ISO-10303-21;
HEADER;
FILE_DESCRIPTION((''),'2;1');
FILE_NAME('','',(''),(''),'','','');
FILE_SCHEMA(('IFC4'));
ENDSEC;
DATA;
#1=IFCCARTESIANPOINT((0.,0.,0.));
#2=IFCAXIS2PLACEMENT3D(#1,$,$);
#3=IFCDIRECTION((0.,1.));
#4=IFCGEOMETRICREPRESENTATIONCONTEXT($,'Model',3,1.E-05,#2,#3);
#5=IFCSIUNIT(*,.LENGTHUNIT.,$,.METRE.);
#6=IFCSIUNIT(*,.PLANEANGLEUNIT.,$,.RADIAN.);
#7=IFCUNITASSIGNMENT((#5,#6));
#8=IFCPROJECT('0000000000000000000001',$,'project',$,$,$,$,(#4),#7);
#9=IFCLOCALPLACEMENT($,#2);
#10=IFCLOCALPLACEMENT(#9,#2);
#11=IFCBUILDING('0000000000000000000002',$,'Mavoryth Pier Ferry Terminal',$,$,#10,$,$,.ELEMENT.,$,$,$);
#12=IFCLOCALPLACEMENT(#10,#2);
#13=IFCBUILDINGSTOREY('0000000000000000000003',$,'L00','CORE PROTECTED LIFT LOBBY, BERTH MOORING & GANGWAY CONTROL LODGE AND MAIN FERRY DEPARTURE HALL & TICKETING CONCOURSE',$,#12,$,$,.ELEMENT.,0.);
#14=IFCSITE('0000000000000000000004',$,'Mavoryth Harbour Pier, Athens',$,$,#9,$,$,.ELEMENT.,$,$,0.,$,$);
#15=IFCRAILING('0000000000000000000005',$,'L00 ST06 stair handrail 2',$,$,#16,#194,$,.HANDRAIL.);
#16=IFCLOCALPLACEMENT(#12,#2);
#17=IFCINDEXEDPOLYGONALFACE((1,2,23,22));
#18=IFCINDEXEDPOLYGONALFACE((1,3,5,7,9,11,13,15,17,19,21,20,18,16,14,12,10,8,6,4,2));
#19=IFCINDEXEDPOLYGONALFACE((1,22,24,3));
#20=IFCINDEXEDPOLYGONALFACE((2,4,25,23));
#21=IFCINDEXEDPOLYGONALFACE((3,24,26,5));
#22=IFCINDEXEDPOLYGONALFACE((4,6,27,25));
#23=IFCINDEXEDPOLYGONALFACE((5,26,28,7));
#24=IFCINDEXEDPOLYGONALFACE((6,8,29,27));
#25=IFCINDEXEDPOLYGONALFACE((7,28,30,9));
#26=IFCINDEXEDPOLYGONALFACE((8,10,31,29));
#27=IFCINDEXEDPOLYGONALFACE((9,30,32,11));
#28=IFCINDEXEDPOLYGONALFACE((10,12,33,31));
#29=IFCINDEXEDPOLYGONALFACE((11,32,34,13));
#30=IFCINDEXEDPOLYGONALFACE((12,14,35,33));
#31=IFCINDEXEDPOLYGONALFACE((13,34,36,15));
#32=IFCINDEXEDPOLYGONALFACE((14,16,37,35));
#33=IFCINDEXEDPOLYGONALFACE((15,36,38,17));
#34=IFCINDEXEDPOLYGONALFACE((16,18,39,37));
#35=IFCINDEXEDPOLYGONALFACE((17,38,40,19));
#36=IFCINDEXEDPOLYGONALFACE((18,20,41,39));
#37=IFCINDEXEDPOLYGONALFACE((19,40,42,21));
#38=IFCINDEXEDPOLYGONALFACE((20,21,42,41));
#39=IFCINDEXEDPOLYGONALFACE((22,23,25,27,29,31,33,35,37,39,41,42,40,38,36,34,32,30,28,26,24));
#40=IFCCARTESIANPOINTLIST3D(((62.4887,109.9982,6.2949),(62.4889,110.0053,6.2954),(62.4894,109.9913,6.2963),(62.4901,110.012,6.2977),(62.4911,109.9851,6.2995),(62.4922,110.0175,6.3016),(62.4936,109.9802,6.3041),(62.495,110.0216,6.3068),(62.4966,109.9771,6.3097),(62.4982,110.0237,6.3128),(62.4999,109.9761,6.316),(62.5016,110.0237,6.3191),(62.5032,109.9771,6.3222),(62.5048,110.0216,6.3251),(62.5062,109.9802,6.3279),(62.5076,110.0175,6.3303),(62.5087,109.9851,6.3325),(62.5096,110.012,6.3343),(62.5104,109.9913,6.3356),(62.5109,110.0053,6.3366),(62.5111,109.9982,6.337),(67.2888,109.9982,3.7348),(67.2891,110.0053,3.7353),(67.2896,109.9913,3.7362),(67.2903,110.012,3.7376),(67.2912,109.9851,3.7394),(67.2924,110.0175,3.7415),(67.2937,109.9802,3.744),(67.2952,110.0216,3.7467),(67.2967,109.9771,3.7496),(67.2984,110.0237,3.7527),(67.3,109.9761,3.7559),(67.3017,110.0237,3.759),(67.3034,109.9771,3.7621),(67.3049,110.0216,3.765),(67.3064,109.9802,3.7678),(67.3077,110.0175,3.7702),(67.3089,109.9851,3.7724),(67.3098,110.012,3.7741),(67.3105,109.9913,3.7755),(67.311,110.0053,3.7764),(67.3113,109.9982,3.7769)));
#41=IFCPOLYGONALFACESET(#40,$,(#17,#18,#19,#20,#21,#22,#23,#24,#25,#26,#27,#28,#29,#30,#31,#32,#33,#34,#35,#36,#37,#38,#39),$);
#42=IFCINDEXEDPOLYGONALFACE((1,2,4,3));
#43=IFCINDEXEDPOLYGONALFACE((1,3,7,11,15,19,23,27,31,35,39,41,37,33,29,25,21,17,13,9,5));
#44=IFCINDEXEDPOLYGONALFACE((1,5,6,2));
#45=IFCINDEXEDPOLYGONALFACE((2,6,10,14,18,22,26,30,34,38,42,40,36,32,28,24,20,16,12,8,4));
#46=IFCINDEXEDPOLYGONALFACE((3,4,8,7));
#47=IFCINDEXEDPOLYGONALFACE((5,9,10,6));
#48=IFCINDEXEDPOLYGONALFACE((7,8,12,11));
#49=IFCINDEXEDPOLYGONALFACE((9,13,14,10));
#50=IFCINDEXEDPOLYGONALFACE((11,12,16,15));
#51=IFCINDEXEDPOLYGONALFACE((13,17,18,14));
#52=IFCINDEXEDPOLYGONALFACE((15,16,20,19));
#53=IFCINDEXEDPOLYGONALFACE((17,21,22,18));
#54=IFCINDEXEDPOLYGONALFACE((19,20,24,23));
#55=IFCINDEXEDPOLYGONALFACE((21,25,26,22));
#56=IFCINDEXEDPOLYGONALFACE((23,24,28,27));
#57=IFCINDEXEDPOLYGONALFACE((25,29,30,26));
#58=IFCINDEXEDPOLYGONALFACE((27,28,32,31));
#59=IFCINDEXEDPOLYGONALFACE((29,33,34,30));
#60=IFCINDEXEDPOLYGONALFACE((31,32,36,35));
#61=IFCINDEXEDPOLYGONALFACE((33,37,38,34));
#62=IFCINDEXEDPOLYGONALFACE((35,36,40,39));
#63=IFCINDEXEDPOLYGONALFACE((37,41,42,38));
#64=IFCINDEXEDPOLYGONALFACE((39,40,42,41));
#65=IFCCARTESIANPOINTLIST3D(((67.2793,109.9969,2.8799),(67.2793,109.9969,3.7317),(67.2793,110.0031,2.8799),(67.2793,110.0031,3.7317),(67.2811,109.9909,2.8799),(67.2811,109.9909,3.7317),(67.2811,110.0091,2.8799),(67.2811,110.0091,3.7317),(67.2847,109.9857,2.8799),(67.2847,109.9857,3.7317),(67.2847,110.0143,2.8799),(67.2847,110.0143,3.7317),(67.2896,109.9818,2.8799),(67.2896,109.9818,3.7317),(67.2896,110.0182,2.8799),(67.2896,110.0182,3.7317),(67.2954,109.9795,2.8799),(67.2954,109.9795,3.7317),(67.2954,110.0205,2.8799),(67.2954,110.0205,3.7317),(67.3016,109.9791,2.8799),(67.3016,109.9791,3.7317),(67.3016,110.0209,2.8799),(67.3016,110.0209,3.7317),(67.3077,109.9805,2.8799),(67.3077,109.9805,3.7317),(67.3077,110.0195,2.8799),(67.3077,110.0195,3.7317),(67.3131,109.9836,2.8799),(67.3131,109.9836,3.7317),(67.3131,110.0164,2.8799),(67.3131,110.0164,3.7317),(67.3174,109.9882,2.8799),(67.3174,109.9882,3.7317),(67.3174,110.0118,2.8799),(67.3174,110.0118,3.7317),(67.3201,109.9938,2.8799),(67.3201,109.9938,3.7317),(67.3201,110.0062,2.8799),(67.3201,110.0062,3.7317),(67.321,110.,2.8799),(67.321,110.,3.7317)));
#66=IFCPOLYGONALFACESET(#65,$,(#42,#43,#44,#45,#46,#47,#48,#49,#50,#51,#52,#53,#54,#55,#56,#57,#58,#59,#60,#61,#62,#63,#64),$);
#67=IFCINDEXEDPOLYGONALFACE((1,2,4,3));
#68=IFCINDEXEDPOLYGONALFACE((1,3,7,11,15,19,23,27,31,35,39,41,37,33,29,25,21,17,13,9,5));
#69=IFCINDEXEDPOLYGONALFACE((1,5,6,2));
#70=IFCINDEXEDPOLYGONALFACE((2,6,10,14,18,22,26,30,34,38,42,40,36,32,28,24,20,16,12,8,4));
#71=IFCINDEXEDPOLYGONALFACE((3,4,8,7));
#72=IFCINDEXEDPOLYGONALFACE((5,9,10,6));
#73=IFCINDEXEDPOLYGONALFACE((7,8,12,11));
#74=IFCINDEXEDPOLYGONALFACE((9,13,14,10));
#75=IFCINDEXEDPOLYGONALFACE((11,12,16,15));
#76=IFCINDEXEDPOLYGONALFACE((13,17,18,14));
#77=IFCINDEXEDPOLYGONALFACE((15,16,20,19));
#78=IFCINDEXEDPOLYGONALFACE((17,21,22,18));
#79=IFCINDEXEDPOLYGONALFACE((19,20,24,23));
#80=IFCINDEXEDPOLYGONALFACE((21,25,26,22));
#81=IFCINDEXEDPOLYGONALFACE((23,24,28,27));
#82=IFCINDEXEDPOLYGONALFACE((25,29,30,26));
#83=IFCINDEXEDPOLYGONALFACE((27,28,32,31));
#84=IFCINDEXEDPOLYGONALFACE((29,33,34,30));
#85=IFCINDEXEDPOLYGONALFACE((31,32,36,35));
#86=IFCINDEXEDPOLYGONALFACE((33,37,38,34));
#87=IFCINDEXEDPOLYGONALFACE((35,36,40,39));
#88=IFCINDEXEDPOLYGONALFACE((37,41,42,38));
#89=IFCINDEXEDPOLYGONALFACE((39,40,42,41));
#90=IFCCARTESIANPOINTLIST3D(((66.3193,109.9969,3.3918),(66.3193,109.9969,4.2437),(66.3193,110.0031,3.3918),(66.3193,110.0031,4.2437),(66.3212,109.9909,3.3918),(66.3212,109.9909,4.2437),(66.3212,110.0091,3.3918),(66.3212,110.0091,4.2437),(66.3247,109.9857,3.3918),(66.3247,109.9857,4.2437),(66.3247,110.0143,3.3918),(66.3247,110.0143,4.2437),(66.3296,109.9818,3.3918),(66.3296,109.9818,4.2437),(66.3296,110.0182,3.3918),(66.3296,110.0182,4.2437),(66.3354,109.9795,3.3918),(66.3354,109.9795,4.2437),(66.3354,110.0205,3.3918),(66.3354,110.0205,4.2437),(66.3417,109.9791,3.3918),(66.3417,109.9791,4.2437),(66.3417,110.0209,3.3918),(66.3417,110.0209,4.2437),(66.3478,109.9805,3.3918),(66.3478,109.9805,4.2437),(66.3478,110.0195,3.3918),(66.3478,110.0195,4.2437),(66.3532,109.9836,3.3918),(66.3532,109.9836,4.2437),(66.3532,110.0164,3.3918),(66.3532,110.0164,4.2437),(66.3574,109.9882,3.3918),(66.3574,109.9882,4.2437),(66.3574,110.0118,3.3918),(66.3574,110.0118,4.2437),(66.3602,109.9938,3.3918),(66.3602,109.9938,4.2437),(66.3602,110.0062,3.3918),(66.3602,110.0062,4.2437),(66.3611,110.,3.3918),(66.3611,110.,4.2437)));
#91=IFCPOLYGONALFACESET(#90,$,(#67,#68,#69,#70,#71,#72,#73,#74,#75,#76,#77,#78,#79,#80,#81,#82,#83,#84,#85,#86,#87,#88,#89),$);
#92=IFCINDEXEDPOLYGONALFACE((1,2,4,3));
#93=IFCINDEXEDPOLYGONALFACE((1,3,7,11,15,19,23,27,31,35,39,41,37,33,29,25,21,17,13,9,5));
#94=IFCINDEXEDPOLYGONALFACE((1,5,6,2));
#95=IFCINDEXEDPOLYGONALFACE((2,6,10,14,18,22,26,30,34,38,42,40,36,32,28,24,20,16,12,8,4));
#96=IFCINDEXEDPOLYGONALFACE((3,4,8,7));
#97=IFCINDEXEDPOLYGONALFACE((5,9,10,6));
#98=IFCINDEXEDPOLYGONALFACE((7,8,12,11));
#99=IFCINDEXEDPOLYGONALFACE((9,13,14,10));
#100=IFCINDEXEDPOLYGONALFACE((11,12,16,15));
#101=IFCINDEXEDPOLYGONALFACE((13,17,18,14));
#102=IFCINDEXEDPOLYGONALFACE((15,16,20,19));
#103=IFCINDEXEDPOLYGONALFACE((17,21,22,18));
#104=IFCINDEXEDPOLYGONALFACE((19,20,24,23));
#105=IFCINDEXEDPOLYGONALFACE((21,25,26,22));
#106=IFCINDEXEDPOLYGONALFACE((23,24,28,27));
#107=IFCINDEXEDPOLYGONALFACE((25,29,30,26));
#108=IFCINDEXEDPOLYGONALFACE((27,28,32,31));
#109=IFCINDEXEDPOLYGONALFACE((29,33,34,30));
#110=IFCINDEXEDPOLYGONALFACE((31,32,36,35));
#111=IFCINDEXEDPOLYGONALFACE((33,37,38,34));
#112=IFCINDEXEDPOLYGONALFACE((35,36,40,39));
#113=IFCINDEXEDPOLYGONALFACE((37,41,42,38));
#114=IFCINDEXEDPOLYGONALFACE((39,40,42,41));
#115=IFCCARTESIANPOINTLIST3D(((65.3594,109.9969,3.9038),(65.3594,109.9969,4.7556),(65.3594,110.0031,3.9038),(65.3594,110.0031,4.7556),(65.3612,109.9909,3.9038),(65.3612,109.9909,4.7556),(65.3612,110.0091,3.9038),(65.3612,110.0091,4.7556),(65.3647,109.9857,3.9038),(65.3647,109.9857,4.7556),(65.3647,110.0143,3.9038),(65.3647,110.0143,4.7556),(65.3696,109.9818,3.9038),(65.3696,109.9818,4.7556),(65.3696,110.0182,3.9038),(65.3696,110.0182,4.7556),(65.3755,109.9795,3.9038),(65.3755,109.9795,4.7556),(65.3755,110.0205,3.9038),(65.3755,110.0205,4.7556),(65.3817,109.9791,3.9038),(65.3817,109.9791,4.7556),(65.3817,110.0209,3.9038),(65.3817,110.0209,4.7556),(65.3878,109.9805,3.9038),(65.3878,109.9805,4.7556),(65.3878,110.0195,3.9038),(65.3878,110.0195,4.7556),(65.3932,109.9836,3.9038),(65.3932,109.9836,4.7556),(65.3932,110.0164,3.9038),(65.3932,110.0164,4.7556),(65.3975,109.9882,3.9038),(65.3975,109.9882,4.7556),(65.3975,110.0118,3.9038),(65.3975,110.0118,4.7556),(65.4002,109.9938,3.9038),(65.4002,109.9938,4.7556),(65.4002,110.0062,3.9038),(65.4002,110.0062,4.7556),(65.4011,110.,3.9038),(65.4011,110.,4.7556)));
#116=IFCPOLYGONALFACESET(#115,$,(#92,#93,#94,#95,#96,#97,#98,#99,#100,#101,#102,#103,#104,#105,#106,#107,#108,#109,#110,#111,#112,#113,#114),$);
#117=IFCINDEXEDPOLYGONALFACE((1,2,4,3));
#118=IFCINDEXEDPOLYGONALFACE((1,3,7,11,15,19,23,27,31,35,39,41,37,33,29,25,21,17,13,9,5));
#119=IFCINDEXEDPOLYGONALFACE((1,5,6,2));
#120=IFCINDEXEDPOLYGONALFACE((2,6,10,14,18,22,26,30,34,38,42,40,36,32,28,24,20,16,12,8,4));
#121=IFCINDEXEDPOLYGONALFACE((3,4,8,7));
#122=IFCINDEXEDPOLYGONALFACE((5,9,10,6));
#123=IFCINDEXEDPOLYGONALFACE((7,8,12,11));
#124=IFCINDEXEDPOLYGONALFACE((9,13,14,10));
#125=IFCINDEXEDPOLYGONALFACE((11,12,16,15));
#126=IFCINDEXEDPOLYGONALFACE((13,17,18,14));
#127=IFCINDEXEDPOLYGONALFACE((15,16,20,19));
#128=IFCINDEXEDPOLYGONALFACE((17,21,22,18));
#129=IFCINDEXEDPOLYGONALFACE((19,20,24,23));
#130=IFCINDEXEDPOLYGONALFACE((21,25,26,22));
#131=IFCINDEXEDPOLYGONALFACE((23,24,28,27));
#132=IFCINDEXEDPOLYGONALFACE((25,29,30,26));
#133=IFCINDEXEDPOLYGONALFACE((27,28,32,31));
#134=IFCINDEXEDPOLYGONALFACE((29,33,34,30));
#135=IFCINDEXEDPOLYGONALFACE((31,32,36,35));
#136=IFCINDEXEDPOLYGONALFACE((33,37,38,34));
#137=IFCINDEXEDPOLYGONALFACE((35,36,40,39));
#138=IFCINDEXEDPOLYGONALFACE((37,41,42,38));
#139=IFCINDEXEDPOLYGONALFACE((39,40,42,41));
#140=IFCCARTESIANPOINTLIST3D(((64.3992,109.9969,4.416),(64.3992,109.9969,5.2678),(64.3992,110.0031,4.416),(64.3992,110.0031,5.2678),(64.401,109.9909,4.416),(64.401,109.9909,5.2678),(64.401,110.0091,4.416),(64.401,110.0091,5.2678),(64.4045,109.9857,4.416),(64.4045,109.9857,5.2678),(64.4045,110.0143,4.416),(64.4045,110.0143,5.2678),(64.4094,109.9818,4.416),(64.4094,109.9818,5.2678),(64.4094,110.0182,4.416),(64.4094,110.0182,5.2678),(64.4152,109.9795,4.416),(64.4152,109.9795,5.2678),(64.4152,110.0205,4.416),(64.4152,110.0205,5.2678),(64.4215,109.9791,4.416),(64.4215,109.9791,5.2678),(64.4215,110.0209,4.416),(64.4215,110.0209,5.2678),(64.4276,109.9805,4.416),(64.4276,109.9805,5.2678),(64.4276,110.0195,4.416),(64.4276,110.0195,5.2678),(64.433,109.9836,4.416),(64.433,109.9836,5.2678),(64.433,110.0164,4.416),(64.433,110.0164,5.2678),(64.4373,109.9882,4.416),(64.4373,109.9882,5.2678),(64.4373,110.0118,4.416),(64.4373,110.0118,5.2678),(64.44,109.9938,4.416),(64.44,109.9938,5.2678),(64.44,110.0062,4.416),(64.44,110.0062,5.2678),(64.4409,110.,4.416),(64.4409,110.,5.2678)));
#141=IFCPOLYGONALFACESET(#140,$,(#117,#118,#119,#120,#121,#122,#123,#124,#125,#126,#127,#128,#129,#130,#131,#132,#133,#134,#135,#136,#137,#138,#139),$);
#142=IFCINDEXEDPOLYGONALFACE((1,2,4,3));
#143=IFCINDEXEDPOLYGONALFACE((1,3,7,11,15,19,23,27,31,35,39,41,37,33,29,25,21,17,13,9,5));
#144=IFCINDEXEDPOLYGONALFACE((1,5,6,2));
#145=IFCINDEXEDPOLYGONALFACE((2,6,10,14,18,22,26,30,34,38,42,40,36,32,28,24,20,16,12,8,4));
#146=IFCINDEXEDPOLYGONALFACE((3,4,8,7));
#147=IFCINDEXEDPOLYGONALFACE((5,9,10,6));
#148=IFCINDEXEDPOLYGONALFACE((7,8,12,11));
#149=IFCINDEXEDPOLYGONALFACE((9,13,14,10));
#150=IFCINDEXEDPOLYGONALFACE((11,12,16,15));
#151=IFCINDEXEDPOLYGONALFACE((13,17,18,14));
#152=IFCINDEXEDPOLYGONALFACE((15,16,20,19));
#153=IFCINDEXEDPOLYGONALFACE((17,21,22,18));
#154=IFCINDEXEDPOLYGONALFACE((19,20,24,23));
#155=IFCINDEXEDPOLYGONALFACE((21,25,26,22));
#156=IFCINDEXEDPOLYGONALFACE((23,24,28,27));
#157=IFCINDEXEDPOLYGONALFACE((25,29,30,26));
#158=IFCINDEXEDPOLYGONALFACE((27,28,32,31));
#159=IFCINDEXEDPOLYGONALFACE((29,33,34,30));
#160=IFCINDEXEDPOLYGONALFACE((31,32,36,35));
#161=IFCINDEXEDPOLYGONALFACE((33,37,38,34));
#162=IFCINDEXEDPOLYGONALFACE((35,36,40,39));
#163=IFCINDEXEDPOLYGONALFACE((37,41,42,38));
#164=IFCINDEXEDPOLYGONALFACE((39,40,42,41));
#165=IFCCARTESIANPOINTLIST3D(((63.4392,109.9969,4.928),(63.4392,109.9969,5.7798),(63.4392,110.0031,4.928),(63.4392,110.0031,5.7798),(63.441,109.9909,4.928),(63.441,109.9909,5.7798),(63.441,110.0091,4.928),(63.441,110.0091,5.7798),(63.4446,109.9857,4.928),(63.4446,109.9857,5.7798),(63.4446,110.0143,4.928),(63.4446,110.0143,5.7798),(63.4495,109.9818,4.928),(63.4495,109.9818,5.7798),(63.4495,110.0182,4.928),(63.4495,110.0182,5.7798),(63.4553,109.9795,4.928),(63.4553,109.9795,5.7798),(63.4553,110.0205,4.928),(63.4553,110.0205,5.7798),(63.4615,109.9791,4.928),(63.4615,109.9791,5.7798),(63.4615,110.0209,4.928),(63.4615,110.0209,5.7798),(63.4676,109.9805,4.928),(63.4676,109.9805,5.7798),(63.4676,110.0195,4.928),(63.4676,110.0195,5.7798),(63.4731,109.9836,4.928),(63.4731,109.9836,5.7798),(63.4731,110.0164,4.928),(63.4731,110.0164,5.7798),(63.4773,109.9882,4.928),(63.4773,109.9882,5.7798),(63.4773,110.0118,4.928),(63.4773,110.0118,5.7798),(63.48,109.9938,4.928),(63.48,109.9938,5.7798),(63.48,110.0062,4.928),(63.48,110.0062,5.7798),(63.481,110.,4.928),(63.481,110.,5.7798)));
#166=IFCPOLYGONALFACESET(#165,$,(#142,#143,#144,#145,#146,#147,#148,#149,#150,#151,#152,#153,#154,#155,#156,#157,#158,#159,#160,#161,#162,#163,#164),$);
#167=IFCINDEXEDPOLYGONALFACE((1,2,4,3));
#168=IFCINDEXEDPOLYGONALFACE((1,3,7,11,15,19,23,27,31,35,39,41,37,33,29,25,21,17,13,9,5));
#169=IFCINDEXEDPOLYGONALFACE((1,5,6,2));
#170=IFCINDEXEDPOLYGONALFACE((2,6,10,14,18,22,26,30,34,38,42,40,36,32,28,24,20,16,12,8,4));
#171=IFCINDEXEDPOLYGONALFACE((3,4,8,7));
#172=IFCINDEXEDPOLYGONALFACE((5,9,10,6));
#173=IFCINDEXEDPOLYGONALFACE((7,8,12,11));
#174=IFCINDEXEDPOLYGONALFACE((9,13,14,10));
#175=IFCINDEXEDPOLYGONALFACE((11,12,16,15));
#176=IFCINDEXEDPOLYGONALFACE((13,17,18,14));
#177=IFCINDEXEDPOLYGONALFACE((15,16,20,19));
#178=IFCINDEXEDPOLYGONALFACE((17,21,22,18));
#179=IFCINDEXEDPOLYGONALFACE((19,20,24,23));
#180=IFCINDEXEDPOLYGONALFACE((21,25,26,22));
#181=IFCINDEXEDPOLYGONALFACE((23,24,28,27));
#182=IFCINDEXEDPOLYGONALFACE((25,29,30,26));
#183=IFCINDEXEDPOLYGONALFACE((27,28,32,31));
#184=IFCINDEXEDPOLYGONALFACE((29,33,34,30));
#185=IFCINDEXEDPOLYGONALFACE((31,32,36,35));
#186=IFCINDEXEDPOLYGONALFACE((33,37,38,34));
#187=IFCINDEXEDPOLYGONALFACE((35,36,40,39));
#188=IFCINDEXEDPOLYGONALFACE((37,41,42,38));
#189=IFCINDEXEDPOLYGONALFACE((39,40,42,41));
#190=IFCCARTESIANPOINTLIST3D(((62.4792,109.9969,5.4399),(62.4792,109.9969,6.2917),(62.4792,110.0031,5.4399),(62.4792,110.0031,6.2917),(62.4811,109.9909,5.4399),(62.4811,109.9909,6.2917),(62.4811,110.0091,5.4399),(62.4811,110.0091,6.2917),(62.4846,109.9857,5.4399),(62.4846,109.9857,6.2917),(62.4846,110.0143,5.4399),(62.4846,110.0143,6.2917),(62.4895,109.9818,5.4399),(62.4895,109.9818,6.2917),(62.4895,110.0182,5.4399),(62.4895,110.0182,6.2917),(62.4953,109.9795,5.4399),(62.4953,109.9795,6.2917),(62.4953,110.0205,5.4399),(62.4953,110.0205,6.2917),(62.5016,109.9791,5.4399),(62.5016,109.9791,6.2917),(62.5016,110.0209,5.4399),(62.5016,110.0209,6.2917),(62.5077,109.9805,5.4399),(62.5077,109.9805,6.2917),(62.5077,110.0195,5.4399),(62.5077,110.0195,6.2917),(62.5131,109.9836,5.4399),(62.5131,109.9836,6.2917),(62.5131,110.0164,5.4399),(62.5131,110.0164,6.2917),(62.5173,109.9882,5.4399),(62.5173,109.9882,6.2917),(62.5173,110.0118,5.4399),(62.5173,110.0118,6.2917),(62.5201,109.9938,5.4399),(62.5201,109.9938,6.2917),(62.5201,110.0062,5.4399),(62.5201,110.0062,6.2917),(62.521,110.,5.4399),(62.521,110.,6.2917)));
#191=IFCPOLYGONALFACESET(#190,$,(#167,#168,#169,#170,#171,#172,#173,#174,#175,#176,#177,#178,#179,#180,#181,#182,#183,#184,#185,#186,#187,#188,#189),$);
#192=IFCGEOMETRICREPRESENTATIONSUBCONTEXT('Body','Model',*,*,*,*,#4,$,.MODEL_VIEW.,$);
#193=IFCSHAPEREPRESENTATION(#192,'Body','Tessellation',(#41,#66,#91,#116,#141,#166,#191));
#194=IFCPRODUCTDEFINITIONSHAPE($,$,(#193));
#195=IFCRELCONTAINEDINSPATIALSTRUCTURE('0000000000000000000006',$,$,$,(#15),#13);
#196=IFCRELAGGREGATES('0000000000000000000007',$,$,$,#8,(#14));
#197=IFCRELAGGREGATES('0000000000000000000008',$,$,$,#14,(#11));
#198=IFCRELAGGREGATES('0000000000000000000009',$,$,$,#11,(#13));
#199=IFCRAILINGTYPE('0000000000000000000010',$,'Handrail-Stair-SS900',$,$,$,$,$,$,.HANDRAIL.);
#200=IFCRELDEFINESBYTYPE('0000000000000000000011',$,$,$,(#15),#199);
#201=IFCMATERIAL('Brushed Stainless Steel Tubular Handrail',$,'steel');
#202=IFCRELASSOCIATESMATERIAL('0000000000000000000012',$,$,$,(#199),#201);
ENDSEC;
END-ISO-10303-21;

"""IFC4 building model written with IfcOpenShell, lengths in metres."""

from ifc_helpers import new_model, si_unit, direction, frame, origin, origin_2d, place, context, subcontext, project, spatial, circle, extrude, material, type_object, element, save


model = new_model("IFC4")

# Units and contexts
model_context = context("Model", 3, precision=1e-05, world=origin(), true_north=direction((0.0, 1.0)))
body_context = subcontext(model_context, "Body", "Model", "MODEL_VIEW")
ifc_project = project(units=[si_unit("LENGTHUNIT", "METRE"), si_unit("PLANEANGLEUNIT", "RADIAN")], contexts=[model_context])

# Site, building, storey
site_placement = place(None, origin())
site = spatial("IfcSite", under=ifc_project, at=site_placement, Name="Mavoryth Harbour Pier, Athens", CompositionType="ELEMENT", RefElevation=0.0)
building_placement = place(site_placement, origin())
building = spatial("IfcBuilding", under=site, at=building_placement, Name="Mavoryth Pier Ferry Terminal", CompositionType="ELEMENT")
storey_placement = place(building_placement, origin())
storey = spatial("IfcBuildingStorey", under=building, at=storey_placement, Name="L00", Description="CORE PROTECTED LIFT LOBBY, BERTH MOORING & GANGWAY CONTROL LODGE AND MAIN FERRY DEPARTURE HALL & TICKETING CONCOURSE", CompositionType="ELEMENT", Elevation=0.0)

# Railing
ifc_material_1 = material(Name="Brushed Stainless Steel Tubular Handrail", Category="steel")
railing_type_1 = type_object("IfcRailingType", Name="Handrail-Stair-SS900", PredefinedType="HANDRAIL", material=ifc_material_1)
railing_1_placement = place(storey_placement, frame((67.3, 110.0, 2.8799)))
element("IfcRailing", 1, at=railing_1_placement, inside=storey, type_object=railing_type_1, Name="L00 ST06 stair handrail 2", PredefinedType="HANDRAIL", context=body_context, shape_type="SweptSolid", body=[
    extrude(circle(Radius=0.0239, at=origin_2d()), frame((0.0, 0.0, 0.876), z_axis=(-0.88235, 0.0, 0.470593), x_axis=(0.0, -1.0, 0.0)), (0.0, 0.0, 1.0), 5.4402),
    extrude(circle(Radius=0.021, at=origin_2d()), origin(), (0.0, 0.0, 1.0), 0.8518),
    extrude(circle(Radius=0.021, at=origin_2d()), frame((-0.96, 0.0, 0.512)), (0.0, 0.0, 1.0), 0.8518),
    extrude(circle(Radius=0.021, at=origin_2d()), frame((-1.9199, 0.0, 1.0239)), (0.0, 0.0, 1.0), 0.8518),
    extrude(circle(Radius=0.021, at=origin_2d()), frame((-2.8801, 0.0, 1.5361)), (0.0, 0.0, 1.0), 0.8518),
    extrude(circle(Radius=0.021, at=origin_2d()), frame((-3.8401, 0.0, 2.0481)), (0.0, 0.0, 1.0), 0.8518),
    extrude(circle(Radius=0.021, at=origin_2d()), frame((-4.8, 0.0, 2.5601)), (0.0, 0.0, 1.0), 0.8518),
])

save(model, "model.ifc")
